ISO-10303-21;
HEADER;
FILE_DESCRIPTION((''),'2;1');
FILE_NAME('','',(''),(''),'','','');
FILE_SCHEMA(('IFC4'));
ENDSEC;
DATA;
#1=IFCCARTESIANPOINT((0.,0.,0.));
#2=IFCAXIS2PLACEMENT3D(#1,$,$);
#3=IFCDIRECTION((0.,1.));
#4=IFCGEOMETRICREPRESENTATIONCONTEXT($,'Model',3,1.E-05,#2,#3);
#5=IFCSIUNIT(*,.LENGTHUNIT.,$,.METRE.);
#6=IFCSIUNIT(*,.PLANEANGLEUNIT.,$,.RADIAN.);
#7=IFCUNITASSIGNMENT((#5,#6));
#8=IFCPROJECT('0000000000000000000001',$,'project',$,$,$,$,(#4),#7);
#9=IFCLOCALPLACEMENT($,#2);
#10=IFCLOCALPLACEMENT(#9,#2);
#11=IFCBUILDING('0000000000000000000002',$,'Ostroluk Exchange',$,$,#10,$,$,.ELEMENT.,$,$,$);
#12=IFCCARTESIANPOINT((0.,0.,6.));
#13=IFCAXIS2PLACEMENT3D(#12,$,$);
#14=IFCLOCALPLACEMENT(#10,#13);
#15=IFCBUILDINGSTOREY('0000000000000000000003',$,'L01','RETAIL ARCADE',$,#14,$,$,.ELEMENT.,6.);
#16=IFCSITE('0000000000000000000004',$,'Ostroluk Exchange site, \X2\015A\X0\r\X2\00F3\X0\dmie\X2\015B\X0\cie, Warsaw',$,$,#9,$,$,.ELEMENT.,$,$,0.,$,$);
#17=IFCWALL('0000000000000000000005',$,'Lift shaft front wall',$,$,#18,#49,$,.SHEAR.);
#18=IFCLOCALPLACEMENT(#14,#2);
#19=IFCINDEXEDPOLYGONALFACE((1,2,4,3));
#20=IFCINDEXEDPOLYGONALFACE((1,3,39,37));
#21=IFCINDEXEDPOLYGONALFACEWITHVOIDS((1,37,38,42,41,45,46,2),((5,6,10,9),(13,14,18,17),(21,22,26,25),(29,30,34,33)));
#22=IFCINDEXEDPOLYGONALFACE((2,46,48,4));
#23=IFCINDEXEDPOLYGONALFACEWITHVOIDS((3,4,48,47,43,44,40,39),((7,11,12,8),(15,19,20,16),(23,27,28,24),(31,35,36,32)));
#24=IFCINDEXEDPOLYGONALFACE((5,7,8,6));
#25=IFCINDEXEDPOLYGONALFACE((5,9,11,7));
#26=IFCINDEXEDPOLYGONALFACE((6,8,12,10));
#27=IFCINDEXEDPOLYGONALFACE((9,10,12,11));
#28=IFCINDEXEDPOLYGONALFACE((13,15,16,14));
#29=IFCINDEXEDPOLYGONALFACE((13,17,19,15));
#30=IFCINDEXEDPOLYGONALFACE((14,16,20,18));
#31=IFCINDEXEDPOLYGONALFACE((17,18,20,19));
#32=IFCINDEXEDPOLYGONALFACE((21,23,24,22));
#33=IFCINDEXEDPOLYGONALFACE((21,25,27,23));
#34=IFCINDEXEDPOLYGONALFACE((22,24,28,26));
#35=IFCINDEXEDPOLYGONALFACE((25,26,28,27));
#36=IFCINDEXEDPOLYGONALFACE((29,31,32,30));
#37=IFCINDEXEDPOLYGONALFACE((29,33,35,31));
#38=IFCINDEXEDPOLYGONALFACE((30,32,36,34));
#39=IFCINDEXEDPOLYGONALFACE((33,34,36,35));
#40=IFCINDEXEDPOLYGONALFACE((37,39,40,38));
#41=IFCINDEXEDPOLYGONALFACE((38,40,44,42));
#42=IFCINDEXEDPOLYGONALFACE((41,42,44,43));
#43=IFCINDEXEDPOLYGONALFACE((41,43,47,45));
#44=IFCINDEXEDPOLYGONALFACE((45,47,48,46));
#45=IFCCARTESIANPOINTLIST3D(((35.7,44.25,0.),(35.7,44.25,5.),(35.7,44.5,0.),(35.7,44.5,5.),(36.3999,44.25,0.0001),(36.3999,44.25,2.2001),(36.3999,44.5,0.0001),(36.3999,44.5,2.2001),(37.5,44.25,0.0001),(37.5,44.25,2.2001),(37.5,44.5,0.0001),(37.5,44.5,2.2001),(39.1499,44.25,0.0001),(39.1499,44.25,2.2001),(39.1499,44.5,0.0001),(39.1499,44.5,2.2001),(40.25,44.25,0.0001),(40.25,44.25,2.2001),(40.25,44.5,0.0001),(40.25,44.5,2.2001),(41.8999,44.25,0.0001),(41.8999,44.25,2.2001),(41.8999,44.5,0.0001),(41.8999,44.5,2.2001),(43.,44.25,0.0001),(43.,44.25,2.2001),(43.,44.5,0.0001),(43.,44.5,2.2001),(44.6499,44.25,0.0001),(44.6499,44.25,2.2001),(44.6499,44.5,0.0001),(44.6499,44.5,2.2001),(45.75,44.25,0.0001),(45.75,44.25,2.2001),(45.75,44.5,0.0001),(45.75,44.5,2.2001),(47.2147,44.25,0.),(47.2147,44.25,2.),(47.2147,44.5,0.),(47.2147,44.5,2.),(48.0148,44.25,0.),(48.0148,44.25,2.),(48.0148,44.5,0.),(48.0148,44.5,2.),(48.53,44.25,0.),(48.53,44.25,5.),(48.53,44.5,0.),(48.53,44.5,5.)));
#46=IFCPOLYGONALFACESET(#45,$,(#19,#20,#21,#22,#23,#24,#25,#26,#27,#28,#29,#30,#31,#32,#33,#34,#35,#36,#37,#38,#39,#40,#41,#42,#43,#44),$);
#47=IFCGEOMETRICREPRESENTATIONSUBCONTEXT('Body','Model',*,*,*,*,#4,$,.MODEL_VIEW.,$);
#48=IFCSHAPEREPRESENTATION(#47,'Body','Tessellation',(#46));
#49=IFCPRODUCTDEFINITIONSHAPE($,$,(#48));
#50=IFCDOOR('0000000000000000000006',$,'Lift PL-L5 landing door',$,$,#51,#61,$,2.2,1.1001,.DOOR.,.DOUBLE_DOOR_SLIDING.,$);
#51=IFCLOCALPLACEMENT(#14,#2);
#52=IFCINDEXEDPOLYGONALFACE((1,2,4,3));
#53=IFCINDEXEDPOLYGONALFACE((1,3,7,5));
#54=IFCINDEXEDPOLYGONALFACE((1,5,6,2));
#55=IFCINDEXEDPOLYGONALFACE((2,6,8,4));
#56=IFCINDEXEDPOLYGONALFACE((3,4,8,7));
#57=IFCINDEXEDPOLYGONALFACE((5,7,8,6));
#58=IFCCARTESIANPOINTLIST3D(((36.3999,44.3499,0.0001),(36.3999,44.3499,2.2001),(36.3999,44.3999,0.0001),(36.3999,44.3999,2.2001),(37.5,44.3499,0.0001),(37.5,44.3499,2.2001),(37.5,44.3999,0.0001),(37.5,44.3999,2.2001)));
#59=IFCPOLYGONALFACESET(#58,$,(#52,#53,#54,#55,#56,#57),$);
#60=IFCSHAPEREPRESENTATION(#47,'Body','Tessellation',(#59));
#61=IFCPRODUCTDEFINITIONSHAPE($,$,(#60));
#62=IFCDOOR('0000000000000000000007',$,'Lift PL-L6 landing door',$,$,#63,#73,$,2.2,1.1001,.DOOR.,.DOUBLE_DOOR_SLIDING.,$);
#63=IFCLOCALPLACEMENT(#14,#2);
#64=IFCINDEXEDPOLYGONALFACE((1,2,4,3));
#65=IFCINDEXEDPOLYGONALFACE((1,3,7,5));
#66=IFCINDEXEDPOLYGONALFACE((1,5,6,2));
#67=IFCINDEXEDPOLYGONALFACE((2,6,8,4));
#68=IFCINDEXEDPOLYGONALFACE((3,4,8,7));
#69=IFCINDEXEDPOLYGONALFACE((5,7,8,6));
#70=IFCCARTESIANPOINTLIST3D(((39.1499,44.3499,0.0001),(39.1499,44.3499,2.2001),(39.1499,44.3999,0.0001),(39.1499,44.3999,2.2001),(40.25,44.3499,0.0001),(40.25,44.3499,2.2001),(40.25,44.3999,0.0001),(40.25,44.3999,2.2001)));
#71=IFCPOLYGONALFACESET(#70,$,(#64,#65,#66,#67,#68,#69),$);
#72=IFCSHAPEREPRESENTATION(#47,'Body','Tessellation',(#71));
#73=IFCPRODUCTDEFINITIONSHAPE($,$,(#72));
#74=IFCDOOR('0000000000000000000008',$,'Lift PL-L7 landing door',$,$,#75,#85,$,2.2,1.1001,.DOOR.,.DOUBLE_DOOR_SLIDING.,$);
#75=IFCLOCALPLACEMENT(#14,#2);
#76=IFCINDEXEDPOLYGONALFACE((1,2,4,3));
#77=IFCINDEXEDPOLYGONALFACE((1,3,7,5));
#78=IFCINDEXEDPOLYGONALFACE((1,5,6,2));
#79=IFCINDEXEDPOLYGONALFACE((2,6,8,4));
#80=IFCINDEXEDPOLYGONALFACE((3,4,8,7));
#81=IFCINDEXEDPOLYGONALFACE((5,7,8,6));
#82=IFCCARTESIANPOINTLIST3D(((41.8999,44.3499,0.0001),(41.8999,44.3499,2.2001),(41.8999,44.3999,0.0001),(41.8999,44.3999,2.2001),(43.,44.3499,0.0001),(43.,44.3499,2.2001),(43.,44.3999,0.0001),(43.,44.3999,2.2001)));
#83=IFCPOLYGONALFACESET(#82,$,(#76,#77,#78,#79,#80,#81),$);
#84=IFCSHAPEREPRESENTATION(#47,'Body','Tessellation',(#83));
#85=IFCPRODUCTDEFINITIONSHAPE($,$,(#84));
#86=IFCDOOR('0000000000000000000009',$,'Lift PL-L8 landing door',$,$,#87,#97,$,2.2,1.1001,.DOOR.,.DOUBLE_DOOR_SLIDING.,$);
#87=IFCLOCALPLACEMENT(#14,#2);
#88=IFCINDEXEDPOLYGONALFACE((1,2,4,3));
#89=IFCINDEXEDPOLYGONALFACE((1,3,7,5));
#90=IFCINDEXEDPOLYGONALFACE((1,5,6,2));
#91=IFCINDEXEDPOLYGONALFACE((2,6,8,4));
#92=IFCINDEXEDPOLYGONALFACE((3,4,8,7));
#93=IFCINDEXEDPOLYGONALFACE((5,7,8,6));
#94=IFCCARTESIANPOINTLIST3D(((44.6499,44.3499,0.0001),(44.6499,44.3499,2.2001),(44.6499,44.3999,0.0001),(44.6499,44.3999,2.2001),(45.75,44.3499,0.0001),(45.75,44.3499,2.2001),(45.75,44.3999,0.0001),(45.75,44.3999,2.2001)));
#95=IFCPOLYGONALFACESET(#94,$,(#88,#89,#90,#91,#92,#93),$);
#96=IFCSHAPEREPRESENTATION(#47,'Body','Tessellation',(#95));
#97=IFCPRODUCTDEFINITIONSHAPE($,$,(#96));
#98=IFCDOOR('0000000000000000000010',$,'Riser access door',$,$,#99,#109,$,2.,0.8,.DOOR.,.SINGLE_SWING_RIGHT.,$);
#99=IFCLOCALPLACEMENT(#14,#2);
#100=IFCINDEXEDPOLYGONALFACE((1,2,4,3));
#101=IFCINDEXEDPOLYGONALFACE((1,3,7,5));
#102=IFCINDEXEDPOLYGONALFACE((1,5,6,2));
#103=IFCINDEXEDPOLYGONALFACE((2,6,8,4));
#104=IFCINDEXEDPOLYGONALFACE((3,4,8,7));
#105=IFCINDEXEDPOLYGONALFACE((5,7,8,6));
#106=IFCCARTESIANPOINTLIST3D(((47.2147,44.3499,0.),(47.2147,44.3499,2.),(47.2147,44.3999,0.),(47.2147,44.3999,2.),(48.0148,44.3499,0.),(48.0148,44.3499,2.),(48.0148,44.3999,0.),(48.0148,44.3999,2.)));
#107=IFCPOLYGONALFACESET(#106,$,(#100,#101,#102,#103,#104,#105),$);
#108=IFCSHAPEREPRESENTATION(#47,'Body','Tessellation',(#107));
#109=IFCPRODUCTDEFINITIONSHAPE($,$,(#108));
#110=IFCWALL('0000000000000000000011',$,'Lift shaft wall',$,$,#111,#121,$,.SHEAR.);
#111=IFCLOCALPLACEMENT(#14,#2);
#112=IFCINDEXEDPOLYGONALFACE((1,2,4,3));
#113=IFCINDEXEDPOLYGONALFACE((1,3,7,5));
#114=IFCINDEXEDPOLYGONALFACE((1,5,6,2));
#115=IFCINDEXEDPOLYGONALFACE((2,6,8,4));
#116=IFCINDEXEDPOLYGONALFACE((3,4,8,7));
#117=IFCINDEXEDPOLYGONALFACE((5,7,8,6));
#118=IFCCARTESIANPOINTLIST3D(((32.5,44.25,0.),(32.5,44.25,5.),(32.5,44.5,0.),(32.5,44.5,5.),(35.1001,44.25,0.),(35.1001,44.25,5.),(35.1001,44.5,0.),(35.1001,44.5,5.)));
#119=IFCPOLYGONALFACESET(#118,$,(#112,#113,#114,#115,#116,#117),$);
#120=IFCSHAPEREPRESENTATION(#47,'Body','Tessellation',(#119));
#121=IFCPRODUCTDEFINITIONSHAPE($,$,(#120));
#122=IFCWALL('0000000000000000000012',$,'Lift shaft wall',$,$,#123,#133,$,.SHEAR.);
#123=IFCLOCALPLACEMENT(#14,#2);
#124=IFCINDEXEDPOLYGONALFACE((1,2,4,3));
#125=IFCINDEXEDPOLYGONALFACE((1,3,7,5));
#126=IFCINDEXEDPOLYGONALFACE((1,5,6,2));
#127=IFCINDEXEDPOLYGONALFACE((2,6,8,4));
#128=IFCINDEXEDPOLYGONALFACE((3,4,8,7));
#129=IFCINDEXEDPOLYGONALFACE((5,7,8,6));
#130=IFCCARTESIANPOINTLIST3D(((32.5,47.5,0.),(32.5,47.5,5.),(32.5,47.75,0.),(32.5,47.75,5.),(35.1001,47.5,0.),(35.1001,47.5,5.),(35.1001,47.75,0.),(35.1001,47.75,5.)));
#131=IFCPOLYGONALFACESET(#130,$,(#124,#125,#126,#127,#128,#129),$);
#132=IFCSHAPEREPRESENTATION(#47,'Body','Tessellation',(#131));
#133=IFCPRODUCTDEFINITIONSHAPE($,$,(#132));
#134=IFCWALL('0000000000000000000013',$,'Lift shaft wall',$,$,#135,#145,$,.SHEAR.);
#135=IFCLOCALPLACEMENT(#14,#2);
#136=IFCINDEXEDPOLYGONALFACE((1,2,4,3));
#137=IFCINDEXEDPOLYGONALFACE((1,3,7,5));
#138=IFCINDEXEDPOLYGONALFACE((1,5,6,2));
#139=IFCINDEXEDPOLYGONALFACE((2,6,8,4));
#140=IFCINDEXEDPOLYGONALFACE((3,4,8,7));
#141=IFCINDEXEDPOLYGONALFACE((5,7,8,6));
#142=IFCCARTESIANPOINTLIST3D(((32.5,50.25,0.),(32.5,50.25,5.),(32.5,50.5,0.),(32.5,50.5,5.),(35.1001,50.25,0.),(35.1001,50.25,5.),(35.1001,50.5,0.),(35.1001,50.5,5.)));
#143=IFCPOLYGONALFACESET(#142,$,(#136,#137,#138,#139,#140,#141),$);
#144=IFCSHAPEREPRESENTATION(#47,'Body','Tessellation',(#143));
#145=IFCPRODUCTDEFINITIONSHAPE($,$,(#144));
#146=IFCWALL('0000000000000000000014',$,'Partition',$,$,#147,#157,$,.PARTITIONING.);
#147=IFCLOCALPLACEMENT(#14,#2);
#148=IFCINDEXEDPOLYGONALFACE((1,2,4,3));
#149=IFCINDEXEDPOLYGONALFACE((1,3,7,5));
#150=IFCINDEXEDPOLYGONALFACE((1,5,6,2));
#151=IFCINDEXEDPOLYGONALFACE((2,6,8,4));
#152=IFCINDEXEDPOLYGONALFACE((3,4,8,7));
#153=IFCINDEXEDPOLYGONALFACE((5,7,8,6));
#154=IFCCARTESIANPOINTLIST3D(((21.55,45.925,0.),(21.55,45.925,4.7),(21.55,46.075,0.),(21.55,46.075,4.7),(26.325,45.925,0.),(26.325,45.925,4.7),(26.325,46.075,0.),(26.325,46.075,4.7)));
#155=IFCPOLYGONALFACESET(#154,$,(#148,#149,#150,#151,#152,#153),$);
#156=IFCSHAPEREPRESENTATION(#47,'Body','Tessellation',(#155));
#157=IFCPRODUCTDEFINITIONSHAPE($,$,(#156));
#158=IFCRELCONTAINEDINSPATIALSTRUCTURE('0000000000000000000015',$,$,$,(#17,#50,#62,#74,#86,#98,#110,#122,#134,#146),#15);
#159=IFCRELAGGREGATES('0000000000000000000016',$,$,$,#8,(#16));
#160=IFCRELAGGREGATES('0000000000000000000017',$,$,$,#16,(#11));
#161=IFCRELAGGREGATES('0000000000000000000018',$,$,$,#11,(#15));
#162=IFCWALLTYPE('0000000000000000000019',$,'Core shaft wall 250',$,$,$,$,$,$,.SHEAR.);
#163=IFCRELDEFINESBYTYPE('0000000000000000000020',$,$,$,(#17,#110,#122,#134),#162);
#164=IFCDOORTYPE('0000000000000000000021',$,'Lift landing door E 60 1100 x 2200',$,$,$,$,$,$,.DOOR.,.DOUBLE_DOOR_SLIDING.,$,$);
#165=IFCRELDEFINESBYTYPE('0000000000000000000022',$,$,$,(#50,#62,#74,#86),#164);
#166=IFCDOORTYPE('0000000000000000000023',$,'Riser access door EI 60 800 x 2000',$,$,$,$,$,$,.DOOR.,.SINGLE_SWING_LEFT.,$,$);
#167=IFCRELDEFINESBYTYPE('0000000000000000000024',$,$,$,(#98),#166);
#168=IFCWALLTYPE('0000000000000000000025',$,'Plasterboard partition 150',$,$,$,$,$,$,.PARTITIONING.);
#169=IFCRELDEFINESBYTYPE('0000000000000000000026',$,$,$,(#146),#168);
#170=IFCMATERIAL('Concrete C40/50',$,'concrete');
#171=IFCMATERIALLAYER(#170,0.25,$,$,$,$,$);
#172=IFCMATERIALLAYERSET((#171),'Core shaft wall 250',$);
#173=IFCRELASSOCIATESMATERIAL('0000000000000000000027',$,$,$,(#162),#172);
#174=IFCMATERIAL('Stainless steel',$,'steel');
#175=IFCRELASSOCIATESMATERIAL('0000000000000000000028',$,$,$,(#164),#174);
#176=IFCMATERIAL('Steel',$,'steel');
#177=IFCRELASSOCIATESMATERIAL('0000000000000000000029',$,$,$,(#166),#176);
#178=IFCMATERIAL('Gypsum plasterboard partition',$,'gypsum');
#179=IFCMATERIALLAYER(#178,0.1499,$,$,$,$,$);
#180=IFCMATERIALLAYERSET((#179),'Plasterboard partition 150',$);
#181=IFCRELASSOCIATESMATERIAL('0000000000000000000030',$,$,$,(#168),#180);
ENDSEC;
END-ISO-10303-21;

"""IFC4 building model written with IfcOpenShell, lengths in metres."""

from ifc_helpers import new_model, si_unit, direction, frame, frame_2d, origin, place, context, subcontext, project, spatial, rectangle, extrude, material, layer, layer_set, type_object, element, fill, save


model = new_model("IFC4")

# Units and contexts
model_context = context("Model", 3, precision=1e-05, world=origin(), true_north=direction((0.0, 1.0)))
body_context = subcontext(model_context, "Body", "Model", "MODEL_VIEW")
ifc_project = project(units=[si_unit("LENGTHUNIT", "METRE"), si_unit("PLANEANGLEUNIT", "RADIAN")], contexts=[model_context])

# Site, building, storey
site_placement = place(None, origin())
site = spatial("IfcSite", under=ifc_project, at=site_placement, Name="Ostroluk Exchange site, Śródmieście, Warsaw", CompositionType="ELEMENT", RefElevation=0.0)
building_placement = place(site_placement, origin())
building = spatial("IfcBuilding", under=site, at=building_placement, Name="Ostroluk Exchange", CompositionType="ELEMENT")
storey_placement = place(building_placement, frame((0.0, 0.0, 6.0)))
storey = spatial("IfcBuildingStorey", under=building, at=storey_placement, Name="L01", Description="RETAIL ARCADE", CompositionType="ELEMENT", Elevation=6.0)

# Shared definitions
ifc_material_1 = material(Name="Concrete C40/50", Category="concrete")
ifc_layer_1 = layer(ifc_material_1, 0.25)
ifc_layer_set_1 = layer_set([ifc_layer_1], Name="Core shaft wall 250")
wall_type_1 = type_object("IfcWallType", Name="Core shaft wall 250", PredefinedType="SHEAR", material=ifc_layer_set_1)

# Wall, openings, doors
ifc_material_2 = material(Name="Stainless steel", Category="steel")
door_type_1 = type_object("IfcDoorType", Name="Lift landing door E 60 1100 x 2200", OperationType="DOUBLE_DOOR_SLIDING", PredefinedType="DOOR", material=ifc_material_2)
ifc_material_3 = material(Name="Steel", Category="steel")
door_type_2 = type_object("IfcDoorType", Name="Riser access door EI 60 800 x 2000", OperationType="SINGLE_SWING_LEFT", PredefinedType="DOOR", material=ifc_material_3)
wall_1_placement = place(storey_placement, frame((35.7, 44.375, 0.0), z_axis=(0.0, 0.0, 1.0), x_axis=(1.0, 0.0, 0.0)))
wall_1 = element("IfcWall", 1, at=wall_1_placement, inside=storey, type_object=wall_type_1, Name="Lift shaft front wall", PredefinedType="SHEAR", context=body_context, shape_type="SweptSolid", body=[
    extrude(rectangle(XDim=12.8301, YDim=0.25, at=frame_2d((6.415, 0.0))), origin(), (0.0, 0.0, 1.0), 5.0),
])
opening_1_placement = place(wall_1_placement, frame((0.7, 0.0, 0.0)))
opening_1 = element("IfcOpeningElement", 2, at=opening_1_placement, cuts=wall_1, PredefinedType="OPENING", context=body_context, shape_type="SweptSolid", body=[
    extrude(rectangle(XDim=1.1001, YDim=2.2, at=frame_2d((0.55, 1.1001))), frame((0.0, 0.135, 0.0), z_axis=(0.0, -1.0, 0.0), x_axis=(1.0, 0.0, 0.0)), (0.0, 0.0, 1.0), 0.27),
])
opening_2_placement = place(wall_1_placement, frame((3.45, 0.0, 0.0)))
opening_2 = element("IfcOpeningElement", 3, at=opening_2_placement, cuts=wall_1, PredefinedType="OPENING", context=body_context, shape_type="SweptSolid", body=[
    extrude(rectangle(XDim=1.1001, YDim=2.2, at=frame_2d((0.55, 1.1001))), frame((0.0, 0.135, 0.0), z_axis=(0.0, -1.0, 0.0), x_axis=(1.0, 0.0, 0.0)), (0.0, 0.0, 1.0), 0.27),
])
opening_3_placement = place(wall_1_placement, frame((6.2, 0.0, 0.0)))
opening_3 = element("IfcOpeningElement", 4, at=opening_3_placement, cuts=wall_1, PredefinedType="OPENING", context=body_context, shape_type="SweptSolid", body=[
    extrude(rectangle(XDim=1.1001, YDim=2.2, at=frame_2d((0.55, 1.1001))), frame((0.0, 0.135, 0.0), z_axis=(0.0, -1.0, 0.0), x_axis=(1.0, 0.0, 0.0)), (0.0, 0.0, 1.0), 0.27),
])
opening_4_placement = place(wall_1_placement, frame((8.95, 0.0, 0.0)))
opening_4 = element("IfcOpeningElement", 5, at=opening_4_placement, cuts=wall_1, PredefinedType="OPENING", context=body_context, shape_type="SweptSolid", body=[
    extrude(rectangle(XDim=1.1001, YDim=2.2, at=frame_2d((0.55, 1.1001))), frame((0.0, 0.135, 0.0), z_axis=(0.0, -1.0, 0.0), x_axis=(1.0, 0.0, 0.0)), (0.0, 0.0, 1.0), 0.27),
])
opening_5_placement = place(wall_1_placement, frame((11.5149, 0.0, 0.0)))
opening_5 = element("IfcOpeningElement", 6, at=opening_5_placement, cuts=wall_1, PredefinedType="OPENING", context=body_context, shape_type="SweptSolid", body=[
    extrude(rectangle(XDim=0.8, YDim=2.0, at=frame_2d((0.3999, 1.0))), frame((0.0, 0.135, 0.0), z_axis=(0.0, -1.0, 0.0), x_axis=(1.0, 0.0, 0.0)), (0.0, 0.0, 1.0), 0.27),
])
door_1_placement = place(opening_1_placement, origin())
door_1 = element("IfcDoor", 7, at=door_1_placement, inside=storey, type_object=door_type_1, Name="Lift PL-L5 landing door", OperationType="DOUBLE_DOOR_SLIDING", OverallHeight=2.2, OverallWidth=1.1001, PredefinedType="DOOR", context=body_context, shape_type="SweptSolid", body=[
    extrude(rectangle(XDim=1.1001, YDim=2.2, at=frame_2d((0.55, 1.1001))), frame((0.0, 0.0249, 0.0), z_axis=(0.0, -1.0, 0.0), x_axis=(1.0, 0.0, 0.0)), (0.0, 0.0, 1.0), 0.05),
])
fill(opening_1, door_1)
door_2_placement = place(opening_2_placement, origin())
door_2 = element("IfcDoor", 8, at=door_2_placement, inside=storey, type_object=door_type_1, Name="Lift PL-L6 landing door", OperationType="DOUBLE_DOOR_SLIDING", OverallHeight=2.2, OverallWidth=1.1001, PredefinedType="DOOR", context=body_context, shape_type="SweptSolid", body=[
    extrude(rectangle(XDim=1.1001, YDim=2.2, at=frame_2d((0.55, 1.1001))), frame((0.0, 0.0249, 0.0), z_axis=(0.0, -1.0, 0.0), x_axis=(1.0, 0.0, 0.0)), (0.0, 0.0, 1.0), 0.05),
])
fill(opening_2, door_2)
door_3_placement = place(opening_3_placement, origin())
door_3 = element("IfcDoor", 9, at=door_3_placement, inside=storey, type_object=door_type_1, Name="Lift PL-L7 landing door", OperationType="DOUBLE_DOOR_SLIDING", OverallHeight=2.2, OverallWidth=1.1001, PredefinedType="DOOR", context=body_context, shape_type="SweptSolid", body=[
    extrude(rectangle(XDim=1.1001, YDim=2.2, at=frame_2d((0.55, 1.1001))), frame((0.0, 0.0249, 0.0), z_axis=(0.0, -1.0, 0.0), x_axis=(1.0, 0.0, 0.0)), (0.0, 0.0, 1.0), 0.05),
])
fill(opening_3, door_3)
door_4_placement = place(opening_4_placement, origin())
door_4 = element("IfcDoor", 10, at=door_4_placement, inside=storey, type_object=door_type_1, Name="Lift PL-L8 landing door", OperationType="DOUBLE_DOOR_SLIDING", OverallHeight=2.2, OverallWidth=1.1001, PredefinedType="DOOR", context=body_context, shape_type="SweptSolid", body=[
    extrude(rectangle(XDim=1.1001, YDim=2.2, at=frame_2d((0.55, 1.1001))), frame((0.0, 0.0249, 0.0), z_axis=(0.0, -1.0, 0.0), x_axis=(1.0, 0.0, 0.0)), (0.0, 0.0, 1.0), 0.05),
])
fill(opening_4, door_4)
door_5_placement = place(opening_5_placement, origin())
door_5 = element("IfcDoor", 11, at=door_5_placement, inside=storey, type_object=door_type_2, Name="Riser access door", OperationType="SINGLE_SWING_RIGHT", OverallHeight=2.0, OverallWidth=0.8, PredefinedType="DOOR", context=body_context, shape_type="SweptSolid", body=[
    extrude(rectangle(XDim=0.8, YDim=2.0, at=frame_2d((0.3999, 1.0))), frame((0.0, 0.0249, 0.0), z_axis=(0.0, -1.0, 0.0), x_axis=(1.0, 0.0, 0.0)), (0.0, 0.0, 1.0), 0.05),
])
fill(opening_5, door_5)

# Walls
for number, where, z_axis, x_axis, name in (
    (12, (32.5, 44.375, 0.0), (0.0, 0.0, 1.0), (1.0, 0.0, 0.0), "Lift shaft wall"),
    (13, (32.5, 47.625, 0.0), (0.0, 0.0, 1.0), (1.0, 0.0, 0.0), "Lift shaft wall"),
    (14, (32.5, 50.375, 0.0), (0.0, 0.0, 1.0), (1.0, 0.0, 0.0), "Lift shaft wall"),
):
    element("IfcWall", number, at=place(storey_placement, frame(where, z_axis=z_axis, x_axis=x_axis)), inside=storey, type_object=wall_type_1, Name=name, PredefinedType="SHEAR", context=body_context, shape_type="SweptSolid", body=[
        extrude(rectangle(XDim=2.6001, YDim=0.25, at=frame_2d((1.3, 0.0))), origin(), (0.0, 0.0, 1.0), 5.0),
    ])
ifc_material_4 = material(Name="Gypsum plasterboard partition", Category="gypsum")
ifc_layer_2 = layer(ifc_material_4, 0.1499)
ifc_layer_set_2 = layer_set([ifc_layer_2], Name="Plasterboard partition 150")
wall_type_2 = type_object("IfcWallType", Name="Plasterboard partition 150", PredefinedType="PARTITIONING", material=ifc_layer_set_2)
wall_2_placement = place(storey_placement, frame((21.55, 46.0, 0.0), z_axis=(0.0, 0.0, 1.0), x_axis=(1.0, 0.0, 0.0)))
element("IfcWall", 15, at=wall_2_placement, inside=storey, type_object=wall_type_2, Name="Partition", PredefinedType="PARTITIONING", context=body_context, shape_type="SweptSolid", body=[
    extrude(rectangle(XDim=4.7749, YDim=0.1499, at=frame_2d((2.3875, 0.0))), origin(), (0.0, 0.0, 1.0), 4.7),
])

save(model, "model.ifc")
